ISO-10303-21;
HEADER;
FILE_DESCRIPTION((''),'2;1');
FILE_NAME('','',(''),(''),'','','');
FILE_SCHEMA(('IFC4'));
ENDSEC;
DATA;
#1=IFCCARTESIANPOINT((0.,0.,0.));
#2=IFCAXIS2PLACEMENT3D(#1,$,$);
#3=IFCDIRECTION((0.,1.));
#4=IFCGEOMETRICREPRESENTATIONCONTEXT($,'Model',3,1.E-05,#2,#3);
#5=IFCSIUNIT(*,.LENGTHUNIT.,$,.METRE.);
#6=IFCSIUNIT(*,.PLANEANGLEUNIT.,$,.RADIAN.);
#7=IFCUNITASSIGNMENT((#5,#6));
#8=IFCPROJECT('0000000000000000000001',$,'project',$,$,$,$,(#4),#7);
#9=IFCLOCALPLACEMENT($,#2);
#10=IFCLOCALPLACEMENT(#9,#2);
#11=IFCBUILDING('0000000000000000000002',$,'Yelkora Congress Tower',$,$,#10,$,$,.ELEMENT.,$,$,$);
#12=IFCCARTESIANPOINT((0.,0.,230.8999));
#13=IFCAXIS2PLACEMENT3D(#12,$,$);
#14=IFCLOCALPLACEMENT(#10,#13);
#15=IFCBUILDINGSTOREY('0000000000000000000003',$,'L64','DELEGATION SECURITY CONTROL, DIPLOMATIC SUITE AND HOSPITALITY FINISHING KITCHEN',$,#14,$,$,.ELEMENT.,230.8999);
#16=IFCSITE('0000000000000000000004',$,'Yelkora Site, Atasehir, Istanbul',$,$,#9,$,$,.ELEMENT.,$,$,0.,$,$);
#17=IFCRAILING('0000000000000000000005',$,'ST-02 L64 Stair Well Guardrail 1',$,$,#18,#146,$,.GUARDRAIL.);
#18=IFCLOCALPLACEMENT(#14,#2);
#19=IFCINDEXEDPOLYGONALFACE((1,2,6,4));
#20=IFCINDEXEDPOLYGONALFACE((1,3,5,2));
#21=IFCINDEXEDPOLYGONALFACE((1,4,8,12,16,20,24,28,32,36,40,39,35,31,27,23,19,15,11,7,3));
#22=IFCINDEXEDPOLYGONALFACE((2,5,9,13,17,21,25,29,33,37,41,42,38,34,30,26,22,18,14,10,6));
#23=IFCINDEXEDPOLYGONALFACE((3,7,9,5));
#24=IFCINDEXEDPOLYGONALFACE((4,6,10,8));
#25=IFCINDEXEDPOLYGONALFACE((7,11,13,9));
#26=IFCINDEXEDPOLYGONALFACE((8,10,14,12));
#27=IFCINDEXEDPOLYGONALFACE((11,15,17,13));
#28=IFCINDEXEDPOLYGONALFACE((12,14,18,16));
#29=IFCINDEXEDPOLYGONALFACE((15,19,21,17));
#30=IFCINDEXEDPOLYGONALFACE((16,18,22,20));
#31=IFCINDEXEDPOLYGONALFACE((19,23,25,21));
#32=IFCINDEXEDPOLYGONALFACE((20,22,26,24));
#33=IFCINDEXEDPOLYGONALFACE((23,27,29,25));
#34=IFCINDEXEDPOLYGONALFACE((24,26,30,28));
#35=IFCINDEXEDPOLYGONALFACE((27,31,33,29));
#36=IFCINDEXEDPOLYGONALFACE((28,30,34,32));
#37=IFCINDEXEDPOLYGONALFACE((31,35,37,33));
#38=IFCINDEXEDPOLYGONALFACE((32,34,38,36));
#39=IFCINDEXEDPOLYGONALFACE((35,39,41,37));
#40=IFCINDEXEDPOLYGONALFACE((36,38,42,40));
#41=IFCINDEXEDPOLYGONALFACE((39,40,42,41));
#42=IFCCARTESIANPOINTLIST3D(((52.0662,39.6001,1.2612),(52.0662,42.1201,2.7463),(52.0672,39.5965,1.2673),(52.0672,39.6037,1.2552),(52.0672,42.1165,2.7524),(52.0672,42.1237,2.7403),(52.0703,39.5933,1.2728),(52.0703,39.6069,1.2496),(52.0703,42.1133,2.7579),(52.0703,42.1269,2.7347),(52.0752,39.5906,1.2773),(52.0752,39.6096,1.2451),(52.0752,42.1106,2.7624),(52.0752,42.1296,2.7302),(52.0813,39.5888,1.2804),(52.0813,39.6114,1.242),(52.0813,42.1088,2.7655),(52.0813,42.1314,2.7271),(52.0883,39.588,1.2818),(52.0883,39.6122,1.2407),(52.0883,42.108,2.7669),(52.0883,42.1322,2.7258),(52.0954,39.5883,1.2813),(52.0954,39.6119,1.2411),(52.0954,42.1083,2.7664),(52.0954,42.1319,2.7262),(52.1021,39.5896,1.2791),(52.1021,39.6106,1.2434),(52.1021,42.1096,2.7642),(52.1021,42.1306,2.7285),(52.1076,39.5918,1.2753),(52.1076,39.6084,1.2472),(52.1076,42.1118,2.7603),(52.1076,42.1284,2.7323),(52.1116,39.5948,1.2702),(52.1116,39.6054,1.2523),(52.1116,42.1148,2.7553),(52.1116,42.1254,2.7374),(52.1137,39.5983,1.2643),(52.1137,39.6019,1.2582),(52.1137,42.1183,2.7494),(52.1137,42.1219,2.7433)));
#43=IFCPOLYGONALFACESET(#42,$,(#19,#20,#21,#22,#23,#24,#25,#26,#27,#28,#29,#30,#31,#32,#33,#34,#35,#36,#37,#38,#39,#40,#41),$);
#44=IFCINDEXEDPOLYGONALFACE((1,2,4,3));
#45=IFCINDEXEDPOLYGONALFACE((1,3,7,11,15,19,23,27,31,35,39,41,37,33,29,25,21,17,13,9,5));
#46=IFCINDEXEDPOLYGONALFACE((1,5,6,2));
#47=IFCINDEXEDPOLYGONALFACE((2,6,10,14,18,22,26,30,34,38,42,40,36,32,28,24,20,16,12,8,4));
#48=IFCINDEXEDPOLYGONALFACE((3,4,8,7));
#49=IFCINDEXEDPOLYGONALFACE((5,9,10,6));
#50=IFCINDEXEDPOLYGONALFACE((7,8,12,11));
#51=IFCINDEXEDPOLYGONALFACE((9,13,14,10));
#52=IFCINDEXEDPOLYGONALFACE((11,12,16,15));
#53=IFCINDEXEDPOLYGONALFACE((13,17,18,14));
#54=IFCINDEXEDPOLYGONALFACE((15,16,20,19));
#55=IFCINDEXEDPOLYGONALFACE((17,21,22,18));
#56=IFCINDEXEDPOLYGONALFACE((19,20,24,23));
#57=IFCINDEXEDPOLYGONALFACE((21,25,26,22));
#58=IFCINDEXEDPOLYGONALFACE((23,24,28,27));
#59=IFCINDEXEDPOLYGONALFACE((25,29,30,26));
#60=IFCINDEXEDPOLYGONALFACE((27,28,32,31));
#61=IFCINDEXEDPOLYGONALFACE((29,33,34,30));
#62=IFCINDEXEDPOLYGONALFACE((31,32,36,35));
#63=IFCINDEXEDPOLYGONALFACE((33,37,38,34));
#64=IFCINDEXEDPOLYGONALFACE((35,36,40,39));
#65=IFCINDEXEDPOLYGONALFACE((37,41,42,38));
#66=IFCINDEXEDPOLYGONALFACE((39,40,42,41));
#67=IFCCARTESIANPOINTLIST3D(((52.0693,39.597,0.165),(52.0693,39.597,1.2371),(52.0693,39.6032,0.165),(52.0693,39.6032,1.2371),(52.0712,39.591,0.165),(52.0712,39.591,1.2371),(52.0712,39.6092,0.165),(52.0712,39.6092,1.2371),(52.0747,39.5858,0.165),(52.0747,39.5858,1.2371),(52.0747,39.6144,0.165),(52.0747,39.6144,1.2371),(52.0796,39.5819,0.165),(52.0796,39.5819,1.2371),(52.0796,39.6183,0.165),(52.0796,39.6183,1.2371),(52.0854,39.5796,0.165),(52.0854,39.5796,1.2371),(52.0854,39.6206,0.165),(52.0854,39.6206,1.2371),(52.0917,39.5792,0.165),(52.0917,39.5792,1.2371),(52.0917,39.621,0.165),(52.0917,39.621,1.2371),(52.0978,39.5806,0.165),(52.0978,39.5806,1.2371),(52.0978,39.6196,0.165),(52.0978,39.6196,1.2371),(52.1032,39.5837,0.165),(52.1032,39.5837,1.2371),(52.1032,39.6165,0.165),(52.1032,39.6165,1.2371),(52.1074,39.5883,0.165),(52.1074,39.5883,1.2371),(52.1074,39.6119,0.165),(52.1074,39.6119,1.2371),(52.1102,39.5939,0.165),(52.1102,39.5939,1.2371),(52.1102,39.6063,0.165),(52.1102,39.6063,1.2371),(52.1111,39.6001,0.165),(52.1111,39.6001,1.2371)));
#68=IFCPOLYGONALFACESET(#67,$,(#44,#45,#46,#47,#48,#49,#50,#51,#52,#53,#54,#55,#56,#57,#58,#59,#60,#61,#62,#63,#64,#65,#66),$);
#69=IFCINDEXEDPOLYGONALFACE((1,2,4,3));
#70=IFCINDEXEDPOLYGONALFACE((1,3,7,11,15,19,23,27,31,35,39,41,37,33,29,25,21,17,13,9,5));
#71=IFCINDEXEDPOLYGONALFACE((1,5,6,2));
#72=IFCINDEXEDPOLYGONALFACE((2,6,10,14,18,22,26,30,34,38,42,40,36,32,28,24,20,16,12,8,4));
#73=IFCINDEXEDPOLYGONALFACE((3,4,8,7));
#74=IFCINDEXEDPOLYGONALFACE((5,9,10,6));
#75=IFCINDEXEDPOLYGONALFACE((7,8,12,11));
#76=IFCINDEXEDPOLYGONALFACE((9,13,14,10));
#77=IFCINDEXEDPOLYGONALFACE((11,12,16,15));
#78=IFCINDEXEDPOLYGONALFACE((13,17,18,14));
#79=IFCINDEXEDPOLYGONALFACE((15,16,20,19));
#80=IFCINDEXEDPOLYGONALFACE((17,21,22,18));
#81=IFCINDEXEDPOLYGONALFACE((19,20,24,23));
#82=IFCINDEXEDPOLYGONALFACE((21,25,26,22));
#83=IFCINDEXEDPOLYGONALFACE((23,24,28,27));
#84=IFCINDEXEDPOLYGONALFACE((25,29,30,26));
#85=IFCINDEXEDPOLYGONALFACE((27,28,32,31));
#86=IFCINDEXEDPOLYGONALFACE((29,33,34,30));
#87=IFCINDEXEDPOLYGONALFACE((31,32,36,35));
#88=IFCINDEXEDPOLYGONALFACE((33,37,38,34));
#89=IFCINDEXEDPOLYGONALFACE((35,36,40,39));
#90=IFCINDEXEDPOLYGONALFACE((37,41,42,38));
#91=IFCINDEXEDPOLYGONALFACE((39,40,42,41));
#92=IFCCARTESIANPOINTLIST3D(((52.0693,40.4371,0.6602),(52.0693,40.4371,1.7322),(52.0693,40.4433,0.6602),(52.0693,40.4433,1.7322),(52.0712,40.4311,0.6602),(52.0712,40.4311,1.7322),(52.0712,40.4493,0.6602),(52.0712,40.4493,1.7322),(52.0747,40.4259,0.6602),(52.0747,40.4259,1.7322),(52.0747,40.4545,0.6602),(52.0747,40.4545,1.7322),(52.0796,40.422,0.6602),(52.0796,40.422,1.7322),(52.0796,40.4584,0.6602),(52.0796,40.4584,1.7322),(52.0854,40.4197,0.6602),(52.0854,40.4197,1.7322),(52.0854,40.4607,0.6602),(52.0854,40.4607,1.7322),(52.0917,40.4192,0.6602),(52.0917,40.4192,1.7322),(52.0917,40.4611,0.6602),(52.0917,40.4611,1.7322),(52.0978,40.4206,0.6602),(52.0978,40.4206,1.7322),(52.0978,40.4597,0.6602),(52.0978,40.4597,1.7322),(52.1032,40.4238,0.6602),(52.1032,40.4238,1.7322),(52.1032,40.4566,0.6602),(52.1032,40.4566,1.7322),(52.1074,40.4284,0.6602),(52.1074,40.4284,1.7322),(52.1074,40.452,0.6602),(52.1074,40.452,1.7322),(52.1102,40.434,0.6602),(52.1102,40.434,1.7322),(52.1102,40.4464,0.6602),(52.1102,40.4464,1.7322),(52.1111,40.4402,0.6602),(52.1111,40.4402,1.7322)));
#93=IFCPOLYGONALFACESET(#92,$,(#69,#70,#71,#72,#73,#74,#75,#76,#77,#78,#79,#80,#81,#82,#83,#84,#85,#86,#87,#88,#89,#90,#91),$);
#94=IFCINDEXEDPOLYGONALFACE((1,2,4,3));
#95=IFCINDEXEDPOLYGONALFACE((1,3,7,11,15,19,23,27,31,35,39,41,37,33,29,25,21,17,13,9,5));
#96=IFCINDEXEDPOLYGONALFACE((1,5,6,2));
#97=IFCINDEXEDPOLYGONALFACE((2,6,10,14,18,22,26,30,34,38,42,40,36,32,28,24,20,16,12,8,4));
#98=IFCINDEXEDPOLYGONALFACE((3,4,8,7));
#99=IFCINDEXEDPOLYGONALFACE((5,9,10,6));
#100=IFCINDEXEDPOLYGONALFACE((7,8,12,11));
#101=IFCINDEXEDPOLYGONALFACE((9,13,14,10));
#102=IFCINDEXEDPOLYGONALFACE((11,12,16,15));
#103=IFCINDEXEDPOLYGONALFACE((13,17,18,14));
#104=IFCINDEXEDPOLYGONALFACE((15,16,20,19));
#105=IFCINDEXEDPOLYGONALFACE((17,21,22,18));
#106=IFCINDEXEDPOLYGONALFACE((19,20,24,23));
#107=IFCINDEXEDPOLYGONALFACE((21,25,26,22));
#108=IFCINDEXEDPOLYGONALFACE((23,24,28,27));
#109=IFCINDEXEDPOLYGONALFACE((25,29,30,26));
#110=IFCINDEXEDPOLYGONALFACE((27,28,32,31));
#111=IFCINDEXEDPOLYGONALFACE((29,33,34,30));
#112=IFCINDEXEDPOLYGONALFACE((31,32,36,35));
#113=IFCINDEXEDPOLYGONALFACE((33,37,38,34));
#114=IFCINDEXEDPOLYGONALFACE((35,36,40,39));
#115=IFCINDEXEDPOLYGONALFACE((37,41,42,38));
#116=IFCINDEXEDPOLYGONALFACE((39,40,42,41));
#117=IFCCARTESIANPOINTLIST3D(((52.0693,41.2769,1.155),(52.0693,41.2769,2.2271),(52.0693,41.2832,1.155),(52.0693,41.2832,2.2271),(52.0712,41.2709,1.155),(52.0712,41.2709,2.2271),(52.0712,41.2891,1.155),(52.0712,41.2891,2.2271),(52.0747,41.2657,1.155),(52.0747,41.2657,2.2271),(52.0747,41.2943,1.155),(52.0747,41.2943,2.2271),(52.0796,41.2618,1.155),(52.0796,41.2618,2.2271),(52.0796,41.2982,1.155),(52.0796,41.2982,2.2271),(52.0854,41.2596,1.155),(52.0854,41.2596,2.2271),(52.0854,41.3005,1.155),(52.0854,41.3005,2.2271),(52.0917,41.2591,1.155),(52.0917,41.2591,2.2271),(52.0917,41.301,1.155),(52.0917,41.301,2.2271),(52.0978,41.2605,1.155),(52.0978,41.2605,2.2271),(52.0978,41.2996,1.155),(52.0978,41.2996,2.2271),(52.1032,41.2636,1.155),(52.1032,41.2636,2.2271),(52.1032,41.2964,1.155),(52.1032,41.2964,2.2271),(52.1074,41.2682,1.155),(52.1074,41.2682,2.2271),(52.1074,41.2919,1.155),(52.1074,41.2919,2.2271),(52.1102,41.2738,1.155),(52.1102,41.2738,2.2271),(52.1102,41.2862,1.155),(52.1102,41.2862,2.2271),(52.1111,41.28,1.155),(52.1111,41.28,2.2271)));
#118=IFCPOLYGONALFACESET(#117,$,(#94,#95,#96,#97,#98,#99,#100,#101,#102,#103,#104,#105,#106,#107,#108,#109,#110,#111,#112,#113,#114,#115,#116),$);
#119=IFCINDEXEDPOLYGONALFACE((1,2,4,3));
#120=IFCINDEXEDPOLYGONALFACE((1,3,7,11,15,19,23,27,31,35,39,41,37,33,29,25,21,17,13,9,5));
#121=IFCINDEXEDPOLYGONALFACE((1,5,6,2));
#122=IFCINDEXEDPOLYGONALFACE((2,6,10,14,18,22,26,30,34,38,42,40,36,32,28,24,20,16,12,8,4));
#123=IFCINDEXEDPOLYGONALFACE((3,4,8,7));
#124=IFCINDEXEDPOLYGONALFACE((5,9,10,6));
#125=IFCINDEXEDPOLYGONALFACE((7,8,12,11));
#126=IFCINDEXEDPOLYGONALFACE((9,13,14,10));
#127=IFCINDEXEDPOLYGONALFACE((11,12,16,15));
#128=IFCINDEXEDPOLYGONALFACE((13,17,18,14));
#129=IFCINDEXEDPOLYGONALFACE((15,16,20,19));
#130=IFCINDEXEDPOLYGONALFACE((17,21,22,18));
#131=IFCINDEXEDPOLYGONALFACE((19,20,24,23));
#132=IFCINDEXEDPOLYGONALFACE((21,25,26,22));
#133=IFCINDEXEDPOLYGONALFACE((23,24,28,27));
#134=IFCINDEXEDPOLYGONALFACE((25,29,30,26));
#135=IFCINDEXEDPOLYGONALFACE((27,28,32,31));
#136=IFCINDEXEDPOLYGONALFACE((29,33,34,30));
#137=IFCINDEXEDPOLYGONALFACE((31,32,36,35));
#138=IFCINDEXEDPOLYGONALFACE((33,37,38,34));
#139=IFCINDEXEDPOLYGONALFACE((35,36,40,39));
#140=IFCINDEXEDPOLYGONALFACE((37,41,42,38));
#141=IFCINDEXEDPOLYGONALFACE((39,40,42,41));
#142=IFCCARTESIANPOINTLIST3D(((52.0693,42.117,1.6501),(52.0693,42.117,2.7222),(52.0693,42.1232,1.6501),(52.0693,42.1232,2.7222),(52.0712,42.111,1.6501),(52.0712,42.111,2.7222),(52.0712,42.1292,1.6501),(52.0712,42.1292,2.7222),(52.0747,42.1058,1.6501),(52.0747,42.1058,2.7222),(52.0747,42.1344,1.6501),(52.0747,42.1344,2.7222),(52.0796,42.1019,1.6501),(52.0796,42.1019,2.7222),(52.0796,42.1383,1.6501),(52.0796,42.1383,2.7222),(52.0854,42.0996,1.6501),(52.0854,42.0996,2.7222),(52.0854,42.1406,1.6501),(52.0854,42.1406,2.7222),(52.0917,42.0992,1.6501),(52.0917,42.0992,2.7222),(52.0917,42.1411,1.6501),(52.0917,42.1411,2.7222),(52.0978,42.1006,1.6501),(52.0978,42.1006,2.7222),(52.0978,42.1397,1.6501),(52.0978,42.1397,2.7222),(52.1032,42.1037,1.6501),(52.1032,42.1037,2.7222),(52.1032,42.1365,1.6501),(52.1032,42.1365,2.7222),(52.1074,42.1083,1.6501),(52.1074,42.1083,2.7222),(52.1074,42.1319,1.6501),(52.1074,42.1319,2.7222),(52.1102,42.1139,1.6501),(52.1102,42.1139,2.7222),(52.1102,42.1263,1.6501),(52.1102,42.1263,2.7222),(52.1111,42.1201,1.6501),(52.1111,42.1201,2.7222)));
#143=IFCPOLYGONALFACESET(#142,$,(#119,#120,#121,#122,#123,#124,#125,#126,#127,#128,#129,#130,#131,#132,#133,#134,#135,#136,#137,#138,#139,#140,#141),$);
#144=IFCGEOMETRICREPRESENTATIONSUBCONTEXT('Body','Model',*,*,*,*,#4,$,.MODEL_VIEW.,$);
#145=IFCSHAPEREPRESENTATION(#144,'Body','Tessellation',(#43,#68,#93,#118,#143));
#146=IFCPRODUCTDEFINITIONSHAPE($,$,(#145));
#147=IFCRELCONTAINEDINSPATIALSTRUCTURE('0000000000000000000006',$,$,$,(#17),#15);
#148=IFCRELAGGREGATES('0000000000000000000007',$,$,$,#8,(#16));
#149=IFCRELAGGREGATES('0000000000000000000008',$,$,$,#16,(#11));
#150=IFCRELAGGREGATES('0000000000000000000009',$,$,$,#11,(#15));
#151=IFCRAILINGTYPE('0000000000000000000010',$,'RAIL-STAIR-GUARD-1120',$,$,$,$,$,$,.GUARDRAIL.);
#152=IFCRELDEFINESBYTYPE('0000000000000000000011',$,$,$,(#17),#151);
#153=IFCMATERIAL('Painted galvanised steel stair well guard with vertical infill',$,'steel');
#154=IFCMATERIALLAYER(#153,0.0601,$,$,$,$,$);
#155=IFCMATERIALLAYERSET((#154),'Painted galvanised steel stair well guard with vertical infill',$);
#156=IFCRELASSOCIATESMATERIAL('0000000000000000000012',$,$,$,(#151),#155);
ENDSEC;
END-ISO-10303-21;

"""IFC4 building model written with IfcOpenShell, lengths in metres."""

from ifc_helpers import new_model, si_unit, direction, frame, origin, origin_2d, place, context, subcontext, project, spatial, circle, extrude, material, layer, layer_set, type_object, element, save


model = new_model("IFC4")

# Units and contexts
model_context = context("Model", 3, precision=1e-05, world=origin(), true_north=direction((0.0, 1.0)))
body_context = subcontext(model_context, "Body", "Model", "MODEL_VIEW")
ifc_project = project(units=[si_unit("LENGTHUNIT", "METRE"), si_unit("PLANEANGLEUNIT", "RADIAN")], contexts=[model_context])

# Site, building, storey
site_placement = place(None, origin())
site = spatial("IfcSite", under=ifc_project, at=site_placement, Name="Yelkora Site, Atasehir, Istanbul", CompositionType="ELEMENT", RefElevation=0.0)
building_placement = place(site_placement, origin())
building = spatial("IfcBuilding", under=site, at=building_placement, Name="Yelkora Congress Tower", CompositionType="ELEMENT")
storey_placement = place(building_placement, frame((0.0, 0.0, 230.8999)))
storey = spatial("IfcBuildingStorey", under=building, at=storey_placement, Name="L64", Description="DELEGATION SECURITY CONTROL, DIPLOMATIC SUITE AND HOSPITALITY FINISHING KITCHEN", CompositionType="ELEMENT", Elevation=230.8999)

# Railing
ifc_material_1 = material(Name="Painted galvanised steel stair well guard with vertical infill", Category="steel")
ifc_layer_1 = layer(ifc_material_1, 0.0601)
ifc_layer_set_1 = layer_set([ifc_layer_1], Name="Painted galvanised steel stair well guard with vertical infill")
railing_type_1 = type_object("IfcRailingType", Name="RAIL-STAIR-GUARD-1120", PredefinedType="GUARDRAIL", material=ifc_layer_set_1)
railing_1_placement = place(storey_placement, frame((52.0901, 39.6001, 0.165)))
element("IfcRailing", 1, at=railing_1_placement, inside=storey, type_object=railing_type_1, Name="ST-02 L64 Stair Well Guardrail 1", PredefinedType="GUARDRAIL", context=body_context, shape_type="SweptSolid", body=[
    extrude(circle(Radius=0.0239, at=origin_2d()), frame((0.0, 0.0, 1.0962), z_axis=(0.0, 0.861524, 0.507717), x_axis=(-1.0, 0.0, 0.0)), (0.0, 0.0, 1.0), 2.925),
    extrude(circle(Radius=0.021, at=origin_2d()), origin(), (0.0, 0.0, 1.0), 1.072),
    extrude(circle(Radius=0.021, at=origin_2d()), frame((0.0, 0.8401, 0.4951)), (0.0, 0.0, 1.0), 1.072),
    extrude(circle(Radius=0.021, at=origin_2d()), frame((0.0, 1.6799, 0.99)), (0.0, 0.0, 1.0), 1.072),
    extrude(circle(Radius=0.021, at=origin_2d()), frame((0.0, 2.52, 1.4851)), (0.0, 0.0, 1.0), 1.072),
])

save(model, "model.ifc")
